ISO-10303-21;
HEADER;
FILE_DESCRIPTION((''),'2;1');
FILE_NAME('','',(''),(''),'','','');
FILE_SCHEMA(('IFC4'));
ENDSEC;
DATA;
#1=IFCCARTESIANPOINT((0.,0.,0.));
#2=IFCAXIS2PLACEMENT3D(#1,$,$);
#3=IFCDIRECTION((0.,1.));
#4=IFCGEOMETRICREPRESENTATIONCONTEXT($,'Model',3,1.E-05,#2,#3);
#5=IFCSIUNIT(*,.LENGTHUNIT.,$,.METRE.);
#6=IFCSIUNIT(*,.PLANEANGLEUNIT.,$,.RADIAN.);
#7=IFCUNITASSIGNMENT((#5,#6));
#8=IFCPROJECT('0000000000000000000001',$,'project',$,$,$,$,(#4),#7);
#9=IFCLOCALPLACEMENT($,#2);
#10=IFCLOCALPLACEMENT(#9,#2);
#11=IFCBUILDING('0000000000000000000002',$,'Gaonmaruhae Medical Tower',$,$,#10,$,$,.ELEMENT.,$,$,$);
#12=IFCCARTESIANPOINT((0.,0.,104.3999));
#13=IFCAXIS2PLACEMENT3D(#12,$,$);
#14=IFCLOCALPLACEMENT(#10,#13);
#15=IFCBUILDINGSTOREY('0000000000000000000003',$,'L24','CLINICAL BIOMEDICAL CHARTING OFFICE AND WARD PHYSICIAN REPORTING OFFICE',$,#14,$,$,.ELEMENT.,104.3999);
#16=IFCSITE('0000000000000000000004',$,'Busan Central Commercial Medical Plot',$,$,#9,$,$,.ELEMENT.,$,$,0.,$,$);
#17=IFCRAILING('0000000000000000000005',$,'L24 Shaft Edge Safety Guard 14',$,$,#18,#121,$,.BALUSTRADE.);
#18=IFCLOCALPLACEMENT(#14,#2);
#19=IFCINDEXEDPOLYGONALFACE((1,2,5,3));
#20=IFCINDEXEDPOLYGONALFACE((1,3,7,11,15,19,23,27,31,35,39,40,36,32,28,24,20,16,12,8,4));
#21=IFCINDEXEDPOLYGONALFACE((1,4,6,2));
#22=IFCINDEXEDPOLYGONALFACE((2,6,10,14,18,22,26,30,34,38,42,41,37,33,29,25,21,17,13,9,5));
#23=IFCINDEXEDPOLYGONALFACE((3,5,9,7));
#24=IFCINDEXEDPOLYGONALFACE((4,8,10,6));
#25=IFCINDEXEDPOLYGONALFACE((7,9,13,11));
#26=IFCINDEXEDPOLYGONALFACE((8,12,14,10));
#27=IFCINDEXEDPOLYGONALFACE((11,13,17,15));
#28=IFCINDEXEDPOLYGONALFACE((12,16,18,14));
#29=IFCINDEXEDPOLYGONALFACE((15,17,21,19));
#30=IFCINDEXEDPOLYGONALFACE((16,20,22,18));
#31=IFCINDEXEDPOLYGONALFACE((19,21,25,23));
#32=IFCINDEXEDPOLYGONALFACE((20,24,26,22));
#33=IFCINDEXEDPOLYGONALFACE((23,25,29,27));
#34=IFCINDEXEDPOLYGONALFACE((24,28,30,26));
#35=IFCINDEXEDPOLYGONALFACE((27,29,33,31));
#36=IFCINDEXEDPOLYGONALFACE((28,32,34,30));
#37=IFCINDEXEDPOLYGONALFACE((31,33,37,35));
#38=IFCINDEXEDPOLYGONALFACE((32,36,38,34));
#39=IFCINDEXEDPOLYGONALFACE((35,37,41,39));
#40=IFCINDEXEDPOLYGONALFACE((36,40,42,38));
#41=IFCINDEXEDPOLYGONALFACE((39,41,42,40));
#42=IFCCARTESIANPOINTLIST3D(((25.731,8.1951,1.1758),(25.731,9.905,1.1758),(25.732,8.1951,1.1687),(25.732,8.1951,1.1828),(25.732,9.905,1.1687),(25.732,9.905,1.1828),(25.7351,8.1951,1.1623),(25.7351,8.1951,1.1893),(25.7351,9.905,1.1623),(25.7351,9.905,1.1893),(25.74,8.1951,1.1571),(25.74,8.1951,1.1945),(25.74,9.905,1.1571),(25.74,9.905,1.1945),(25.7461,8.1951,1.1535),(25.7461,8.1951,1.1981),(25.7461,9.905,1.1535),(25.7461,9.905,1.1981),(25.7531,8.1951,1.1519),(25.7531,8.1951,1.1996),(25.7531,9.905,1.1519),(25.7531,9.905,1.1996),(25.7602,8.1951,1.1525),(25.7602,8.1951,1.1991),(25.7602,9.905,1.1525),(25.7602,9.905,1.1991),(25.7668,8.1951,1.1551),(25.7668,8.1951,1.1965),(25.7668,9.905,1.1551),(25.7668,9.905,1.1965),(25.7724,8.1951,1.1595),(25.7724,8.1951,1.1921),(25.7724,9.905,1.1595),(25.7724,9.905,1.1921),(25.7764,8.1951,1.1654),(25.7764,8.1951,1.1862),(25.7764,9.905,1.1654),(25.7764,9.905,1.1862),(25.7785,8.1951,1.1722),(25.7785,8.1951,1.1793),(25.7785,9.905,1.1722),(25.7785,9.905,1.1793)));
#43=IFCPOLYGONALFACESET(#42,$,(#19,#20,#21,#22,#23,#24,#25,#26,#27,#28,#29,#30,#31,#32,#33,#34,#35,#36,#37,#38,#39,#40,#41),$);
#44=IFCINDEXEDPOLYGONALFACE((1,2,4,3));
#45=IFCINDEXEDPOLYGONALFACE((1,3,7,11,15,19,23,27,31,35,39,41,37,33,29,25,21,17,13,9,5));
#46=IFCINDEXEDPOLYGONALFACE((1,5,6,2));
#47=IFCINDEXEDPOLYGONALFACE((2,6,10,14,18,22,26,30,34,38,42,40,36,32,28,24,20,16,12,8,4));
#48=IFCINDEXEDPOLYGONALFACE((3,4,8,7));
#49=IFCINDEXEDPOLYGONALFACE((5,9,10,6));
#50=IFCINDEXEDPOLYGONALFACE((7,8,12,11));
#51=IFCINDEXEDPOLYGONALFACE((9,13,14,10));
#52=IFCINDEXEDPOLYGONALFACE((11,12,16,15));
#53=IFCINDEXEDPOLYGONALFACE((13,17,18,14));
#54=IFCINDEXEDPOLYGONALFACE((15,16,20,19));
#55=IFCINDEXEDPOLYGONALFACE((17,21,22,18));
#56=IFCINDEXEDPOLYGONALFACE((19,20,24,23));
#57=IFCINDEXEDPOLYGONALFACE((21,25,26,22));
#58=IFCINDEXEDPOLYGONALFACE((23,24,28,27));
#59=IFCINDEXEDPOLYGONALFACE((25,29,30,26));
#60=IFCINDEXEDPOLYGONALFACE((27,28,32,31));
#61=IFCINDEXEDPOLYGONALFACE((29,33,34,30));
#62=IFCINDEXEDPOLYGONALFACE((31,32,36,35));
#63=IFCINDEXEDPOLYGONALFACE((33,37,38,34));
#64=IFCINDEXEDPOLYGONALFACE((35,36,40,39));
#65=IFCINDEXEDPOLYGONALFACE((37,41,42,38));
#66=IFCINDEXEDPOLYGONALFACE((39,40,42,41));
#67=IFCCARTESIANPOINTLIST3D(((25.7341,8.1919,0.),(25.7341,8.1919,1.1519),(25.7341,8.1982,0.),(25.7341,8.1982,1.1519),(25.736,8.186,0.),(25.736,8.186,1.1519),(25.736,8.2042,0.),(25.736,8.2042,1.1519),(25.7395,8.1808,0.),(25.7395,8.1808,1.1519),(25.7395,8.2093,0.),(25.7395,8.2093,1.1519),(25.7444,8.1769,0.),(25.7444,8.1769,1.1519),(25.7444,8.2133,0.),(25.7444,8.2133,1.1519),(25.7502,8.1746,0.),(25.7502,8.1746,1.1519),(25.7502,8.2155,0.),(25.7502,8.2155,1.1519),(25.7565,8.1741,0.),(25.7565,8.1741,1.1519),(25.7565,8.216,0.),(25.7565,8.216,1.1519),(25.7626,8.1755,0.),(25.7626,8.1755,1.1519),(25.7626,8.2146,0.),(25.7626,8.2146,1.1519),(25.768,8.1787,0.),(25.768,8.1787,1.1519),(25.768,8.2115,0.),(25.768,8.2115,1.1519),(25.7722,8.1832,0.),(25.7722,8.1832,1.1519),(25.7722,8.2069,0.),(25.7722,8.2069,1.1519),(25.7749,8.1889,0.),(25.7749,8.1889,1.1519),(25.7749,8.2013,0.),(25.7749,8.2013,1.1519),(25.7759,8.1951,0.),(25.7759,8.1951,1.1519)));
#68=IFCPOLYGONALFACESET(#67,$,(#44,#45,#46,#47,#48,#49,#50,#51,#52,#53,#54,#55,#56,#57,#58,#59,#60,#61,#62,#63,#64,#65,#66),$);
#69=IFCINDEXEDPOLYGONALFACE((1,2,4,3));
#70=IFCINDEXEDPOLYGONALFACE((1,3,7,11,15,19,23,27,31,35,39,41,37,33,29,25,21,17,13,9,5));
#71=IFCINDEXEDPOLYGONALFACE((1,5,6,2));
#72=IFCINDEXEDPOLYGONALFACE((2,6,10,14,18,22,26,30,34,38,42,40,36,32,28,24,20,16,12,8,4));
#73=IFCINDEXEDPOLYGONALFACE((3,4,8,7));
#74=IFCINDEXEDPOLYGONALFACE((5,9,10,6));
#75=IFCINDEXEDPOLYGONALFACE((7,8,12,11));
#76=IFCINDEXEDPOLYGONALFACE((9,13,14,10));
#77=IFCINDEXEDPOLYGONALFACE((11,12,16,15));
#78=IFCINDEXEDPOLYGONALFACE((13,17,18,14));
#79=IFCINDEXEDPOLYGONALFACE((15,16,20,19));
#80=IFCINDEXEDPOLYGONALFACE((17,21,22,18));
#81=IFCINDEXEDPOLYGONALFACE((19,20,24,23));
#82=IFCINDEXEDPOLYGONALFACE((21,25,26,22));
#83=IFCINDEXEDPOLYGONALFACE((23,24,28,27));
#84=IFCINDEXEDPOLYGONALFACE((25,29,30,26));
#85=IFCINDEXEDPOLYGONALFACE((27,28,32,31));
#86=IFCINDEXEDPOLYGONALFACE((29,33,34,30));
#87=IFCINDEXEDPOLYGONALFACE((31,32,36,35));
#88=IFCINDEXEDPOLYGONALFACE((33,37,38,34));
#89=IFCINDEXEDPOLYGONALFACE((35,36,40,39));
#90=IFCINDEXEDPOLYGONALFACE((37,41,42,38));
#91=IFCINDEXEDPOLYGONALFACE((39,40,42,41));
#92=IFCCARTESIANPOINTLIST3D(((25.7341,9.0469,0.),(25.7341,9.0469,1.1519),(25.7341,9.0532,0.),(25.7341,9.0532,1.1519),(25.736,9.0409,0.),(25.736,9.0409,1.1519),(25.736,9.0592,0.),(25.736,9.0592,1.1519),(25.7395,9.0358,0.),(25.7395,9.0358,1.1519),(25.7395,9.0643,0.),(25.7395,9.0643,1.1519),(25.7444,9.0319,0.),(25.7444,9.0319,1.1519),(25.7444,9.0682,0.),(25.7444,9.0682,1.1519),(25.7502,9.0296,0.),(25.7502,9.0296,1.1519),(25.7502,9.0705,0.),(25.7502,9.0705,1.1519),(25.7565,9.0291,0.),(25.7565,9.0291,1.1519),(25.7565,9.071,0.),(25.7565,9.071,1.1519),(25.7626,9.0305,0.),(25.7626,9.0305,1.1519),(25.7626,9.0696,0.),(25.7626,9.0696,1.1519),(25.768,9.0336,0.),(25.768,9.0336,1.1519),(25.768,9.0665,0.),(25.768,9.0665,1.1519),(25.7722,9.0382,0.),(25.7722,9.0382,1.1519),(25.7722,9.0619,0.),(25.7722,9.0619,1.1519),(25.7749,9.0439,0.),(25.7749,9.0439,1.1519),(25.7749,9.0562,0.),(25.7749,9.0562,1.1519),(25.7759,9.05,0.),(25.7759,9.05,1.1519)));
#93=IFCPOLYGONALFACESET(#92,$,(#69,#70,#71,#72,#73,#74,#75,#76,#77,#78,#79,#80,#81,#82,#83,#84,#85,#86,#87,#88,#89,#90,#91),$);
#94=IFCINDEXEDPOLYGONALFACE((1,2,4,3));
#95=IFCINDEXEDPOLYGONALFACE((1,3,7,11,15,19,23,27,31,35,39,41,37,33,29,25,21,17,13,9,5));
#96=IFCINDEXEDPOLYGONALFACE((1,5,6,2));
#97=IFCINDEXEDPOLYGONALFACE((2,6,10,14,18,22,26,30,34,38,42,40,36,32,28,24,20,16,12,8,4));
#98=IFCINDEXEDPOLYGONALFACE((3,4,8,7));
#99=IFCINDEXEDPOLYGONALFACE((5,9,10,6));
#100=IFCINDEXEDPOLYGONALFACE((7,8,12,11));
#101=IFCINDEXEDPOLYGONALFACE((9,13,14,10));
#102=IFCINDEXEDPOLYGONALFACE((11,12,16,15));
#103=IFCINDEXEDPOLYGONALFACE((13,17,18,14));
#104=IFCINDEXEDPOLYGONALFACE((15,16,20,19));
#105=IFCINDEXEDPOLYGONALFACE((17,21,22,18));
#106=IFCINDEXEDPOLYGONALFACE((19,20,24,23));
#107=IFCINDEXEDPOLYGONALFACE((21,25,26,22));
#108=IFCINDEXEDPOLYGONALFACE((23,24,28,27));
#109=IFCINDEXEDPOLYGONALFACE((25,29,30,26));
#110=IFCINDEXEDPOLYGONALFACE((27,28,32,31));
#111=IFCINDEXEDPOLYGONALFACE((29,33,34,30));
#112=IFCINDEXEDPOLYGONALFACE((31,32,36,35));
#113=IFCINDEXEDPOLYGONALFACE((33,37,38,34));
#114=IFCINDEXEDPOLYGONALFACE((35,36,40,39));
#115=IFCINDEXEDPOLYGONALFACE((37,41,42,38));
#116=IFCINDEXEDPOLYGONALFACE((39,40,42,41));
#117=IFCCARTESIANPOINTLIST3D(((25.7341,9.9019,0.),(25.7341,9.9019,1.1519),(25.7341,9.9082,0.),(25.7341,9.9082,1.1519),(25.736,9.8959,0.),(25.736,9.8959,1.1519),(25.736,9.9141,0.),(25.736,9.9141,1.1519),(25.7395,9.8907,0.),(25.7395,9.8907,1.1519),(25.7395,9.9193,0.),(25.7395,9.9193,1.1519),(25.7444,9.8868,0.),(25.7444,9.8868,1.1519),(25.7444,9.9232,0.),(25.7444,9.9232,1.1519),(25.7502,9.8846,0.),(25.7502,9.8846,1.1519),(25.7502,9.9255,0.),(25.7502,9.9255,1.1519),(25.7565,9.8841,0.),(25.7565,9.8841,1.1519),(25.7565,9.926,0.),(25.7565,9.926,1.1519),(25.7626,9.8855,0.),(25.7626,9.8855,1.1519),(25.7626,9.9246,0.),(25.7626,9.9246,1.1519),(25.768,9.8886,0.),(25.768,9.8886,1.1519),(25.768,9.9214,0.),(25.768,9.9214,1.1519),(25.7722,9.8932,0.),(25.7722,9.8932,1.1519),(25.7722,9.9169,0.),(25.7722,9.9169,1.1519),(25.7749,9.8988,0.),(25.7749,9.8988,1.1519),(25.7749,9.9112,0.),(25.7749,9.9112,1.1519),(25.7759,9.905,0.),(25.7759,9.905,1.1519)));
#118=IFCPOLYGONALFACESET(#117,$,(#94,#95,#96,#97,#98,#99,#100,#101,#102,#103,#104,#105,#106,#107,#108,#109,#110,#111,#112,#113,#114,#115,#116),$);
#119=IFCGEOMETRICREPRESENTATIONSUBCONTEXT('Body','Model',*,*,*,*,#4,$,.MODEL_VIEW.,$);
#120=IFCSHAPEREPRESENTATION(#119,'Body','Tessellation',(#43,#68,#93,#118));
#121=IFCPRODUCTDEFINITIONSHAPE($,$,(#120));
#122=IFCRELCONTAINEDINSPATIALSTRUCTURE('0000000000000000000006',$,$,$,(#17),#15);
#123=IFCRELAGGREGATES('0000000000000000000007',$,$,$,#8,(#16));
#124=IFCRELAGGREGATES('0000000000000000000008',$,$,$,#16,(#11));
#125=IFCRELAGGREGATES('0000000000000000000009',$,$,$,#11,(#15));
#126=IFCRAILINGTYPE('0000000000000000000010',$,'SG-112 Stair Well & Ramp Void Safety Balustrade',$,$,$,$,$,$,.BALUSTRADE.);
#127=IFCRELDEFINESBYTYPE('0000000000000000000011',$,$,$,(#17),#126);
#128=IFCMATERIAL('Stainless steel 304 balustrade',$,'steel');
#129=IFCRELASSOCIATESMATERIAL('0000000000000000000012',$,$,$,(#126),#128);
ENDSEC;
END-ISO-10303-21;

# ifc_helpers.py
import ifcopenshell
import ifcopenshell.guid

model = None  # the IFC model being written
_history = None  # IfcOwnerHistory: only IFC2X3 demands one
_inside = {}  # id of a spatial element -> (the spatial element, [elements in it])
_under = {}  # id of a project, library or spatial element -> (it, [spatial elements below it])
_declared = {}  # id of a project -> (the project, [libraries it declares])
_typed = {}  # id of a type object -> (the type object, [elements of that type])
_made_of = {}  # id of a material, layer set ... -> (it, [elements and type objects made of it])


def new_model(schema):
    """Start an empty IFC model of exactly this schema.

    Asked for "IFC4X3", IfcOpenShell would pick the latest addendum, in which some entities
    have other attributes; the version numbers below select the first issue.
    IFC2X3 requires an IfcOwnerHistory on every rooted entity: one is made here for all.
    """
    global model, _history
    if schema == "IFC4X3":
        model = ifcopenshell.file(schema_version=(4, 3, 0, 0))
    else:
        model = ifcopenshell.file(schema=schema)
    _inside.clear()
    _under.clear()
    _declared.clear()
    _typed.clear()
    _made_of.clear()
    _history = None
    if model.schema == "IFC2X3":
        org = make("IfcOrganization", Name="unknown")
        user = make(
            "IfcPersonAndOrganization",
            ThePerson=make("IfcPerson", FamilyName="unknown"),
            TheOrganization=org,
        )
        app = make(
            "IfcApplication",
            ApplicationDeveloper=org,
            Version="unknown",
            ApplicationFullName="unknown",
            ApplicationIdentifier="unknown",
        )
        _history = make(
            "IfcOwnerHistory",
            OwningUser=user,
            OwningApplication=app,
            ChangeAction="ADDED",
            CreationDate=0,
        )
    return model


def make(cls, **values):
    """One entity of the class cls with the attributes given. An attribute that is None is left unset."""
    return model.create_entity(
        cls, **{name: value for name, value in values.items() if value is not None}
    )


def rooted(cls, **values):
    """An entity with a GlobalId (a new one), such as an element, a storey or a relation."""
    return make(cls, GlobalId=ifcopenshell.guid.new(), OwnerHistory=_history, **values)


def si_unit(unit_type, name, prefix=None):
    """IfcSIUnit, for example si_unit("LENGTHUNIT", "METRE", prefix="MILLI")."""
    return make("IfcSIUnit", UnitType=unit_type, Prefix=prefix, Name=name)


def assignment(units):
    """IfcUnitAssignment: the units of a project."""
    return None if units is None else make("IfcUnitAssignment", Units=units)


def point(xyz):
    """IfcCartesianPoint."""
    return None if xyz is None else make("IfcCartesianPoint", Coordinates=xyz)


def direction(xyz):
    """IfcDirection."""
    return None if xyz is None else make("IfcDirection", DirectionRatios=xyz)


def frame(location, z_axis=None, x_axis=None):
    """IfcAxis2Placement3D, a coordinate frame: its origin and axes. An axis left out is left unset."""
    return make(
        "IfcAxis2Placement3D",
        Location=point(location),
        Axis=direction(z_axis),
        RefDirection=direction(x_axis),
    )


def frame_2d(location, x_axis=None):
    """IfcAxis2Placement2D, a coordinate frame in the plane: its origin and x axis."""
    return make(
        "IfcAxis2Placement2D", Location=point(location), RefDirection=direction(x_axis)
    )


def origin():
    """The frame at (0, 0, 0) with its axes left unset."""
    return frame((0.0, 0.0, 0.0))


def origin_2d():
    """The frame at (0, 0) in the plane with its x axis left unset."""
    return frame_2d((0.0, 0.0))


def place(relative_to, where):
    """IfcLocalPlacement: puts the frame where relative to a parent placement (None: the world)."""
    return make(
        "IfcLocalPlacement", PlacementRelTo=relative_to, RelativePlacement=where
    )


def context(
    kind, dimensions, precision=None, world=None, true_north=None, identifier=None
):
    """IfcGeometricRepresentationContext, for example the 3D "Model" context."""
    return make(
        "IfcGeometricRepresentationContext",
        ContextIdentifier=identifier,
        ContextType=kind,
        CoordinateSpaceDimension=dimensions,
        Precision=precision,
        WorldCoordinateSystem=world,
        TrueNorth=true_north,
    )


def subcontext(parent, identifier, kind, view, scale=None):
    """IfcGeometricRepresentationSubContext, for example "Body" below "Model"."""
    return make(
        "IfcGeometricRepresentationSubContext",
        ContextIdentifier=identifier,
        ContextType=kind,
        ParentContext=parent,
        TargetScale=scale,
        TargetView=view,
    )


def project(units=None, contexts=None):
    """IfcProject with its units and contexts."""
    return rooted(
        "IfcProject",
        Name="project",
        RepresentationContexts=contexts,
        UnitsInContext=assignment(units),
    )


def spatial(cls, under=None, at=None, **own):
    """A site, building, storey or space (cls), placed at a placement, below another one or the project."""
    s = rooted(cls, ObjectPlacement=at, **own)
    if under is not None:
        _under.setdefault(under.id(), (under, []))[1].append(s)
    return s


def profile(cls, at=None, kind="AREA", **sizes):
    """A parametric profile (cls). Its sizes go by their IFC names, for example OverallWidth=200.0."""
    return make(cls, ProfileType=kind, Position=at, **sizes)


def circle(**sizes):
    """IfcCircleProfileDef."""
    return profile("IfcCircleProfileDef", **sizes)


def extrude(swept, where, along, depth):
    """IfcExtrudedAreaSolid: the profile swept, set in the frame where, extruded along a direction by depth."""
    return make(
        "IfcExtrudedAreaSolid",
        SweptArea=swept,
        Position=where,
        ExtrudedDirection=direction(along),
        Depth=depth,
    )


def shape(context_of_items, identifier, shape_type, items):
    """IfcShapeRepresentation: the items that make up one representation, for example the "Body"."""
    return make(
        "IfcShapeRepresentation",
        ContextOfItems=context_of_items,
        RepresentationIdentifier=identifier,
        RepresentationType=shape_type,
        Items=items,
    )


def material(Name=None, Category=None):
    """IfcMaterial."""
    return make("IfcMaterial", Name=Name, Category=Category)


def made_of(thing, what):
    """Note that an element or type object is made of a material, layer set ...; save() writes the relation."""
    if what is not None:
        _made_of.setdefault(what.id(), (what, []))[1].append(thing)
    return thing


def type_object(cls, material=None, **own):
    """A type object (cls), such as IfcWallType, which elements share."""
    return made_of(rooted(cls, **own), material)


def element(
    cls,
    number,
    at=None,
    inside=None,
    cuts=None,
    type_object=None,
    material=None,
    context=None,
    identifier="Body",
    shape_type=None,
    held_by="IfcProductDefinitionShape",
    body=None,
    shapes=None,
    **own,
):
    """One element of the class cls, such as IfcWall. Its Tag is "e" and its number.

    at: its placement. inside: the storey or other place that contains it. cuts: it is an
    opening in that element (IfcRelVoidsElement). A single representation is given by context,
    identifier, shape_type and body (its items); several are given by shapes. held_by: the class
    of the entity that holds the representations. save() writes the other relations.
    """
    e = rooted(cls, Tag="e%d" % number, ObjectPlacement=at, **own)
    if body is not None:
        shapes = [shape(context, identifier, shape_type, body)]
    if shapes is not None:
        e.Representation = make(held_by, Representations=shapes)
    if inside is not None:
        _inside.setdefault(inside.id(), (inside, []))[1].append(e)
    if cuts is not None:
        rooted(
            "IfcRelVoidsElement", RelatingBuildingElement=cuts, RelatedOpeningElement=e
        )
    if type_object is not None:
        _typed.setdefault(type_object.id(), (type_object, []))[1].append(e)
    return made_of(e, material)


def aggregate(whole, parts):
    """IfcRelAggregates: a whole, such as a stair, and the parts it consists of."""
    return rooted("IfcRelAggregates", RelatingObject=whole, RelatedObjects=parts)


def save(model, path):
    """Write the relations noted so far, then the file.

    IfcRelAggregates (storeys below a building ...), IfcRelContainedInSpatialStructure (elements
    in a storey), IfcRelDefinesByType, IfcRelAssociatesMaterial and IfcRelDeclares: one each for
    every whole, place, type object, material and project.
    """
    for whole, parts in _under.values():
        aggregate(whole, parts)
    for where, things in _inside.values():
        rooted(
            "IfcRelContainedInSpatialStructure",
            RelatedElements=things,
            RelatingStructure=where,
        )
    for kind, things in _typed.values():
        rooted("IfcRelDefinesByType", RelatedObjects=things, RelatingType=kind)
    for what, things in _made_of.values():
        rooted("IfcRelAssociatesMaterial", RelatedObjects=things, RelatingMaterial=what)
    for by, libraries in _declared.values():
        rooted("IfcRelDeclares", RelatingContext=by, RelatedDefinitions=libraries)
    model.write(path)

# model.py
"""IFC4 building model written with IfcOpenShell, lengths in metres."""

from ifc_helpers import new_model, si_unit, direction, frame, origin, origin_2d, place, context, subcontext, project, spatial, circle, extrude, material, type_object, element, save


model = new_model("IFC4")

# Units and contexts
model_context = context("Model", 3, precision=1e-05, world=origin(), true_north=direction((0.0, 1.0)))
body_context = subcontext(model_context, "Body", "Model", "MODEL_VIEW")
ifc_project = project(units=[si_unit("LENGTHUNIT", "METRE"), si_unit("PLANEANGLEUNIT", "RADIAN")], contexts=[model_context])

# Site, building, storey
site_placement = place(None, origin())
site = spatial("IfcSite", under=ifc_project, at=site_placement, Name="Busan Central Commercial Medical Plot", CompositionType="ELEMENT", RefElevation=0.0)
building_placement = place(site_placement, origin())
building = spatial("IfcBuilding", under=site, at=building_placement, Name="Gaonmaruhae Medical Tower", CompositionType="ELEMENT")
storey_placement = place(building_placement, frame((0.0, 0.0, 104.3999)))
storey = spatial("IfcBuildingStorey", under=building, at=storey_placement, Name="L24", Description="CLINICAL BIOMEDICAL CHARTING OFFICE AND WARD PHYSICIAN REPORTING OFFICE", CompositionType="ELEMENT", Elevation=104.3999)

# Railing
ifc_material_1 = material(Name="Stainless steel 304 balustrade", Category="steel")
railing_type_1 = type_object("IfcRailingType", Name="SG-112 Stair Well & Ramp Void Safety Balustrade", PredefinedType="BALUSTRADE", material=ifc_material_1)
railing_1_placement = place(storey_placement, frame((25.7549, 8.1951, 0.0)))
element("IfcRailing", 1, at=railing_1_placement, inside=storey, type_object=railing_type_1, Name="L24 Shaft Edge Safety Guard 14", PredefinedType="BALUSTRADE", context=body_context, shape_type="SweptSolid", body=[
    extrude(circle(Radius=0.0239, at=origin_2d()), frame((0.0, 0.0, 1.1758), z_axis=(0.0, 1.0, 0.0), x_axis=(-1.0, 0.0, 0.0)), (0.0, 0.0, 1.0), 1.71),
    extrude(circle(Radius=0.021, at=origin_2d()), origin(), (0.0, 0.0, 1.0), 1.1519),
    extrude(circle(Radius=0.021, at=origin_2d()), frame((0.0, 0.855, 0.0)), (0.0, 0.0, 1.0), 1.1519),
    extrude(circle(Radius=0.021, at=origin_2d()), frame((0.0, 1.71, 0.0)), (0.0, 0.0, 1.0), 1.1519),
])

save(model, "model.ifc")
